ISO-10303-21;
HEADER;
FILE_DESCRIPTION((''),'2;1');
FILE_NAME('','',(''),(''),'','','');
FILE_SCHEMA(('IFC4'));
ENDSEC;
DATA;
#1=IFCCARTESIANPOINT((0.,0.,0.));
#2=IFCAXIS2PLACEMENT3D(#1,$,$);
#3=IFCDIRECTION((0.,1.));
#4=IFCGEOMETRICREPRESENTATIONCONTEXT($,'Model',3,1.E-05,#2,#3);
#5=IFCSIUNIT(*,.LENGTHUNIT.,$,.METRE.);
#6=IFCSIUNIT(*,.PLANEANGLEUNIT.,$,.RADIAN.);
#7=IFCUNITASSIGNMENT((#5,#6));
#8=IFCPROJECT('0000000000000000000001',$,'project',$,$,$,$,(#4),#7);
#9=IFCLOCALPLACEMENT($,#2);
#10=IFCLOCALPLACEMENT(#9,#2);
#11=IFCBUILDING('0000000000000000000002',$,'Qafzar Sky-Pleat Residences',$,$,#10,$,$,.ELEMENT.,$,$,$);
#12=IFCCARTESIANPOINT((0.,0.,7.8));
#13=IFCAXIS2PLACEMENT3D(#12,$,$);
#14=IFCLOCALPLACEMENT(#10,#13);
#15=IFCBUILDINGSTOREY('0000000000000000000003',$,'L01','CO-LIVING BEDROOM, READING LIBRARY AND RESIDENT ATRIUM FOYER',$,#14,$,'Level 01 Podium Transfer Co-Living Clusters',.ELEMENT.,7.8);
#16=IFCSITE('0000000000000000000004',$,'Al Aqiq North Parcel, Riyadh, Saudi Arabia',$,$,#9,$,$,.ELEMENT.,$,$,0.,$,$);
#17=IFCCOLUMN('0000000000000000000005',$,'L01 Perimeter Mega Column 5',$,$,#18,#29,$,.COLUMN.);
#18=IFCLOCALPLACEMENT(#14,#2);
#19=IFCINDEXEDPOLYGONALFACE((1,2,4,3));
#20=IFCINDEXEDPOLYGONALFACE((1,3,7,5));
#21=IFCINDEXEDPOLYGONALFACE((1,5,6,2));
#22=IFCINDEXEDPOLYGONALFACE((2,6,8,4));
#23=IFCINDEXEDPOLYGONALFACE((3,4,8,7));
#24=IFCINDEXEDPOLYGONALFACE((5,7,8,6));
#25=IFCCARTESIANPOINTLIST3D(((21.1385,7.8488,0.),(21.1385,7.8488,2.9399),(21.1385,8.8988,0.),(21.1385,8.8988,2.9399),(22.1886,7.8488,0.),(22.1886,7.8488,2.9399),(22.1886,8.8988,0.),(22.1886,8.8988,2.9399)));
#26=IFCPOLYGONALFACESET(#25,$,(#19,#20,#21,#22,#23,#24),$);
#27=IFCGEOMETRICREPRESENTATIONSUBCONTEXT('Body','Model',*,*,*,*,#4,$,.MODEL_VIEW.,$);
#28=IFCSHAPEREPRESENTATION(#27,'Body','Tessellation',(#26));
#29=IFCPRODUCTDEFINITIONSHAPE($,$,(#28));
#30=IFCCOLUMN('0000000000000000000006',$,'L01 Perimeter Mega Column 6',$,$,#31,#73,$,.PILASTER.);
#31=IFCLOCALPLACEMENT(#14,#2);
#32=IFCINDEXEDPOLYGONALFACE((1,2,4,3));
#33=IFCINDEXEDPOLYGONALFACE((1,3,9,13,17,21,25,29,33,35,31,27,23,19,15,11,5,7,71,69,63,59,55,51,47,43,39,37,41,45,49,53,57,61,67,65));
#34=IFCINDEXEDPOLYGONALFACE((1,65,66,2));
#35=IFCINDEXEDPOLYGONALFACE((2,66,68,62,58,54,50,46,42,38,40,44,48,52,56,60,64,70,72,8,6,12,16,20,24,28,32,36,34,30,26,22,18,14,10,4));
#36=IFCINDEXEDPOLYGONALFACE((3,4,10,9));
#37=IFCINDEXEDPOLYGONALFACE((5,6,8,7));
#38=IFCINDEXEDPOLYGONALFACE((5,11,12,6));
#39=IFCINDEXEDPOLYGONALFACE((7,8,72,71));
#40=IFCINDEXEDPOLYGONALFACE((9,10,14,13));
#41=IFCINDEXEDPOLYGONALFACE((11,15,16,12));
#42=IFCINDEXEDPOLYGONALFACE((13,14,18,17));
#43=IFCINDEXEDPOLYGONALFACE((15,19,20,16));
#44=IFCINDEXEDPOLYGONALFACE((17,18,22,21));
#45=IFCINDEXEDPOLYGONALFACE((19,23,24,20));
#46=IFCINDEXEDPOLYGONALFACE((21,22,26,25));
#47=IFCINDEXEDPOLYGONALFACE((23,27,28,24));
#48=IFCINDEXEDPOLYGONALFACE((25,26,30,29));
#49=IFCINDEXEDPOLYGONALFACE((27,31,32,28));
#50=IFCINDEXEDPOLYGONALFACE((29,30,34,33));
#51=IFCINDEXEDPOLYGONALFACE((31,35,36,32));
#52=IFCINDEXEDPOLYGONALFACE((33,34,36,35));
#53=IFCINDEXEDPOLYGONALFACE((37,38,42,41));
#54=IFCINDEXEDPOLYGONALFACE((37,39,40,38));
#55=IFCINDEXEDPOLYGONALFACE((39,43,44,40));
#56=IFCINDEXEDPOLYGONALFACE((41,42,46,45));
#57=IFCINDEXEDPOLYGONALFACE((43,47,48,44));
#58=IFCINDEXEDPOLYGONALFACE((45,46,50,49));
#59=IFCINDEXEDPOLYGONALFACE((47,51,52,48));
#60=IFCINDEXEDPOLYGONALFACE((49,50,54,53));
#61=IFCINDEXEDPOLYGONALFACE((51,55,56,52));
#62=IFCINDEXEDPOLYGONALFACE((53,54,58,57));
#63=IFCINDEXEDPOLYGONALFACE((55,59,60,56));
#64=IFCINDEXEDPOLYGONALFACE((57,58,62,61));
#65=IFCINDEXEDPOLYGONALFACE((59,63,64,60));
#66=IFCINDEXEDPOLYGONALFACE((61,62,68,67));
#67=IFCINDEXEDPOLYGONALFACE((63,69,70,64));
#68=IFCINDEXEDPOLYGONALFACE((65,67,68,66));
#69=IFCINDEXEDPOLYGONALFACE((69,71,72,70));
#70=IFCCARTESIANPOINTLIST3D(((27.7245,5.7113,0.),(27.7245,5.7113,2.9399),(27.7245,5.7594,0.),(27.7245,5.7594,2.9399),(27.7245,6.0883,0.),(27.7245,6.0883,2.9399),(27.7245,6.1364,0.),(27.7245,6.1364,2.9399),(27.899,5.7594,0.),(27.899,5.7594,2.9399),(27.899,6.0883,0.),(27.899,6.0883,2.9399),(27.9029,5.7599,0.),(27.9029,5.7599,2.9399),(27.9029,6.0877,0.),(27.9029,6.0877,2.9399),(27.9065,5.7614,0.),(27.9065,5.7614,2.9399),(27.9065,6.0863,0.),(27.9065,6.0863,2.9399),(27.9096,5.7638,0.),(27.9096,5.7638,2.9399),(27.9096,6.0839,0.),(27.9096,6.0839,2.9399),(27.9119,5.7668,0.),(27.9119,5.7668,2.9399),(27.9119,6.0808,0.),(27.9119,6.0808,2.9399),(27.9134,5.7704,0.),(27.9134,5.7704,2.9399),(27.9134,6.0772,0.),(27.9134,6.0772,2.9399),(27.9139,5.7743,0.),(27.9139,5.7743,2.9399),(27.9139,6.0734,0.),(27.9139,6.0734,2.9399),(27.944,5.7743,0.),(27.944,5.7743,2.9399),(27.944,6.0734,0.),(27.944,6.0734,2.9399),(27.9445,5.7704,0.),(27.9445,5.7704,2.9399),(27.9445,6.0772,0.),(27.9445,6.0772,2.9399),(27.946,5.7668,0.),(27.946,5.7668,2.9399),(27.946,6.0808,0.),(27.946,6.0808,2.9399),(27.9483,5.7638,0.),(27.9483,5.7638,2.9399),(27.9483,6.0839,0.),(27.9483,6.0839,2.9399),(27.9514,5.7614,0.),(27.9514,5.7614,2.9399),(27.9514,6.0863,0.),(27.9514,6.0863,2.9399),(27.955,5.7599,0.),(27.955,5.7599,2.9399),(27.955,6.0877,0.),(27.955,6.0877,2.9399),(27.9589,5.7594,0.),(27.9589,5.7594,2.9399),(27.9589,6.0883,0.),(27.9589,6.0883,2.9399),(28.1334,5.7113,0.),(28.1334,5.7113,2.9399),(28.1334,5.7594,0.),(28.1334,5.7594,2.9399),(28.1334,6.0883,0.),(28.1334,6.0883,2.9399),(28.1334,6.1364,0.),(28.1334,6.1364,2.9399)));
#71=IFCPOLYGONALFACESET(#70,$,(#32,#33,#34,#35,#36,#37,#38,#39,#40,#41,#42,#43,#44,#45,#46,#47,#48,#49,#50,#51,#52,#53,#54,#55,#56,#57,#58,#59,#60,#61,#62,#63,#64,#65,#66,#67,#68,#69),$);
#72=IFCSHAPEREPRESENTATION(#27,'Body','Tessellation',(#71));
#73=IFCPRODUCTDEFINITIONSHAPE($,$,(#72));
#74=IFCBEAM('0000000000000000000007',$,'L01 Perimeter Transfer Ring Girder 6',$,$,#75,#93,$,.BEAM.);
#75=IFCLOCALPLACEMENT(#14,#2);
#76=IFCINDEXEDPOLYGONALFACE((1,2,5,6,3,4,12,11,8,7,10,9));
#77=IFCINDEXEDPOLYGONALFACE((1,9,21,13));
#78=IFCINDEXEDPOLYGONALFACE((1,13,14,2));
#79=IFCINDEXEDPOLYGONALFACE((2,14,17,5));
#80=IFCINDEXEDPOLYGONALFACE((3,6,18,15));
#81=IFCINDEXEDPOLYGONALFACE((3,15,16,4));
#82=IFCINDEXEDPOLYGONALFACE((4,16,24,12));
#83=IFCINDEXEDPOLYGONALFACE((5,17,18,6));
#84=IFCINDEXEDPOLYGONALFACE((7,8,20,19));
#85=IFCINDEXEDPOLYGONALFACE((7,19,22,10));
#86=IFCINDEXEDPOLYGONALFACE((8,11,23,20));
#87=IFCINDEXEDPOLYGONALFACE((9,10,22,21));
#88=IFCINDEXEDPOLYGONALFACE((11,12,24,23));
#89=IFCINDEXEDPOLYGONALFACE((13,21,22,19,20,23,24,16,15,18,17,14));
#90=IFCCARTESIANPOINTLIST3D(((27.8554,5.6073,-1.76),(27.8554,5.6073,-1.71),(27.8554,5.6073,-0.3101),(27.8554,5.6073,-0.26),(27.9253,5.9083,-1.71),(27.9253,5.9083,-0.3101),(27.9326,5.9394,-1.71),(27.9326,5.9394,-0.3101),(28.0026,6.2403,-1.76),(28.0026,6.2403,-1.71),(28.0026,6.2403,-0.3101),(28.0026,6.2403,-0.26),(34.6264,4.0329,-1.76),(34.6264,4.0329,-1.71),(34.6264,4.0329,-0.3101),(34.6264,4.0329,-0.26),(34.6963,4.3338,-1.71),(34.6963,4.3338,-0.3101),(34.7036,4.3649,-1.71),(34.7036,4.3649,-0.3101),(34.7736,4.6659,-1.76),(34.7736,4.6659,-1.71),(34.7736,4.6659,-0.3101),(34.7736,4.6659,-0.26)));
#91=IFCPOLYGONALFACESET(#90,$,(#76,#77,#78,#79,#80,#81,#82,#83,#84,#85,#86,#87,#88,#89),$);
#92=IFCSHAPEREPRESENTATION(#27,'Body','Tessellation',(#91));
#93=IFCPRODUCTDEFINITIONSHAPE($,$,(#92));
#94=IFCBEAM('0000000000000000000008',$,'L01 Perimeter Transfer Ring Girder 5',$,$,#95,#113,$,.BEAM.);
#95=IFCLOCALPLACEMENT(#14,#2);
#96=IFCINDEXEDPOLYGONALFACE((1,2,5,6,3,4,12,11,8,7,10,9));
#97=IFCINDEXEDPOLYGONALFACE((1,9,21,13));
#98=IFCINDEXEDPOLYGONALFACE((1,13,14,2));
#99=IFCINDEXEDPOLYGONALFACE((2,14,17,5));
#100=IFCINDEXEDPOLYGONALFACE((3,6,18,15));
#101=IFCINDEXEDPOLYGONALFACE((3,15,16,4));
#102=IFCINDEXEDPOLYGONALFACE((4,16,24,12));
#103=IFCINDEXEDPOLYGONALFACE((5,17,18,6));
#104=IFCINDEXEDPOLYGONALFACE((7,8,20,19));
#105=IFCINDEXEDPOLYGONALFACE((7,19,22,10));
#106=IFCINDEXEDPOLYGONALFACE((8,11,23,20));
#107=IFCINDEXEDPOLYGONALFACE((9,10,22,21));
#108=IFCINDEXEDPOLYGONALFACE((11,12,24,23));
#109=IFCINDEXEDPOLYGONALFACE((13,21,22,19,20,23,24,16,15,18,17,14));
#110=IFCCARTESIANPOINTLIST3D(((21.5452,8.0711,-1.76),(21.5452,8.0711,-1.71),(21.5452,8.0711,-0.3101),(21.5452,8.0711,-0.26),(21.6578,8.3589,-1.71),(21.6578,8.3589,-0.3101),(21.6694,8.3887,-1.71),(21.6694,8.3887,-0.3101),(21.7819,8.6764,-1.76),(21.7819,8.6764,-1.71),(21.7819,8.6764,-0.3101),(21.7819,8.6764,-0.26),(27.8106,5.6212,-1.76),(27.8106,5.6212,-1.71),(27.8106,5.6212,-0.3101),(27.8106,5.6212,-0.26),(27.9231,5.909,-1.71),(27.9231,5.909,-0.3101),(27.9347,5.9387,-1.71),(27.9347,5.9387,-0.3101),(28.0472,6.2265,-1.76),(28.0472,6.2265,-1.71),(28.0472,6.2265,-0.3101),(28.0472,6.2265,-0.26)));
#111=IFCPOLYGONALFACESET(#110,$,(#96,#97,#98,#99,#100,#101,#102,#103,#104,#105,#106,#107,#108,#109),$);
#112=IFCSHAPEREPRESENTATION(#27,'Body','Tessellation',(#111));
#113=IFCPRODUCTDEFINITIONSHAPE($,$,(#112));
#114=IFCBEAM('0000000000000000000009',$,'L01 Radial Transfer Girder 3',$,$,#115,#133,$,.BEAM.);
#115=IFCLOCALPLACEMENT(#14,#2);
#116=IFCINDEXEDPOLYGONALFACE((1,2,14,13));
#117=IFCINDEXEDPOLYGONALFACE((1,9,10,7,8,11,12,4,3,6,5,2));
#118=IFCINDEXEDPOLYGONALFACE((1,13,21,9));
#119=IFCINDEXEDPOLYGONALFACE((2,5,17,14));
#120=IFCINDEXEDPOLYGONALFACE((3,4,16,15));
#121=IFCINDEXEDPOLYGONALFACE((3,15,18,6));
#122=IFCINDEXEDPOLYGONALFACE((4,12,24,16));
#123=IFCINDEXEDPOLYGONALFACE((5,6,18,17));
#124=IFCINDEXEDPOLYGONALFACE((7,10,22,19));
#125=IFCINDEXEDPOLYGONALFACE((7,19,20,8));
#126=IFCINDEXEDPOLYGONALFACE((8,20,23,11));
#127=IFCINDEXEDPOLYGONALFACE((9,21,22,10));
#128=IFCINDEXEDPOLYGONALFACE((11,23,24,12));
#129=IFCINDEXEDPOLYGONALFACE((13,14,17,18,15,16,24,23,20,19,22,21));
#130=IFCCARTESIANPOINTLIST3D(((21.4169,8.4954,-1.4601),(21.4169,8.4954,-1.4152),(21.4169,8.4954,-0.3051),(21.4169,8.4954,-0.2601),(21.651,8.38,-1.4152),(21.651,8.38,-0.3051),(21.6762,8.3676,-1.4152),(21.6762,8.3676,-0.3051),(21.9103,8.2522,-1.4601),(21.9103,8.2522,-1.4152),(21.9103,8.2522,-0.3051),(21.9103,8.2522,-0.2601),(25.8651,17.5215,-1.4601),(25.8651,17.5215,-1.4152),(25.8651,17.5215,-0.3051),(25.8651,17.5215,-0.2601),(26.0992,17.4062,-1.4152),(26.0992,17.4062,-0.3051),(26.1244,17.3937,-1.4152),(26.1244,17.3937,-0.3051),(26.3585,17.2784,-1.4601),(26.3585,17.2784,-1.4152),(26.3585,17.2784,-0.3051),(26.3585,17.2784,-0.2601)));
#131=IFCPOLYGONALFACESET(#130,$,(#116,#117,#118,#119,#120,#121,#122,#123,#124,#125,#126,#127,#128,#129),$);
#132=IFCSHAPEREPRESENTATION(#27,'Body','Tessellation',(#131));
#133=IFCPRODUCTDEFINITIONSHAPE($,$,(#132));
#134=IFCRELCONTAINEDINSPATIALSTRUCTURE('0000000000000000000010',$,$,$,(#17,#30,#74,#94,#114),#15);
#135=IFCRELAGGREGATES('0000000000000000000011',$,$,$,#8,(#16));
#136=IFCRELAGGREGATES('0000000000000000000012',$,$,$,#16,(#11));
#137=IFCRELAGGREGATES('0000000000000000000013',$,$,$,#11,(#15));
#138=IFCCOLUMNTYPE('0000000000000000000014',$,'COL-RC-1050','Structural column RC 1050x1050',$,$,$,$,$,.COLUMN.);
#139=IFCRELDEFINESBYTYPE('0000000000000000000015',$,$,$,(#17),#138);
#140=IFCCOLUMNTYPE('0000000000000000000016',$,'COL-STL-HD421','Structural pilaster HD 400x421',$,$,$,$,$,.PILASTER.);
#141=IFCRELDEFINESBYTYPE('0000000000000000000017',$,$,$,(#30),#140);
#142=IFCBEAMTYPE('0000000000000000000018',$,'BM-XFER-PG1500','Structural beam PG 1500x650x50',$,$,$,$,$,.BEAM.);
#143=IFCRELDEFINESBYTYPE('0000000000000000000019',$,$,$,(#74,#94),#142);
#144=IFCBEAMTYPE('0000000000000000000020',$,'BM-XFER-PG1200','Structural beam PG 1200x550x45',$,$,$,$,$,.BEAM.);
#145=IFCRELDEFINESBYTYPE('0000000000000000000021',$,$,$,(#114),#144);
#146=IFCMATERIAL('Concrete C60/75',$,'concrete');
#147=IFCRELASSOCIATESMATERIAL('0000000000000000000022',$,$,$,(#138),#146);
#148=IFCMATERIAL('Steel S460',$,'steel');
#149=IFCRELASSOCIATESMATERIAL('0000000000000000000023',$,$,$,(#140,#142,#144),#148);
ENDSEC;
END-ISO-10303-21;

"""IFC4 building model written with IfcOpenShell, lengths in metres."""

from ifc_helpers import new_model, si_unit, direction, frame, origin, origin_2d, place, context, subcontext, project, spatial, rectangle, i_section, extrude, source, transform, mapped, material, material_profile, profile_set, type_object, element, save


model = new_model("IFC4")

# Units and contexts
model_context = context("Model", 3, precision=1e-05, world=origin(), true_north=direction((0.0, 1.0)))
body_context = subcontext(model_context, "Body", "Model", "MODEL_VIEW")
ifc_project = project(units=[si_unit("LENGTHUNIT", "METRE"), si_unit("PLANEANGLEUNIT", "RADIAN")], contexts=[model_context])

# Site, building, storey
site_placement = place(None, origin())
site = spatial("IfcSite", under=ifc_project, at=site_placement, Name="Al Aqiq North Parcel, Riyadh, Saudi Arabia", CompositionType="ELEMENT", RefElevation=0.0)
building_placement = place(site_placement, origin())
building = spatial("IfcBuilding", under=site, at=building_placement, Name="Qafzar Sky-Pleat Residences", CompositionType="ELEMENT")
storey_placement = place(building_placement, frame((0.0, 0.0, 7.8)))
storey = spatial("IfcBuildingStorey", under=building, at=storey_placement, Name="L01", Description="CO-LIVING BEDROOM, READING LIBRARY AND RESIDENT ATRIUM FOYER", LongName="Level 01 Podium Transfer Co-Living Clusters", CompositionType="ELEMENT", Elevation=7.8)

# Columns
ifc_material_1 = material(Name="Concrete C60/75", Category="concrete")
ifc_material_profile_1 = material_profile(ifc_material_1, rectangle(XDim=1.05, YDim=1.05, at=origin_2d()), Name="RC 1050x1050")
ifc_profile_set_1 = profile_set([ifc_material_profile_1], Name="Concrete C60/75")
column_type_1 = type_object("IfcColumnType", Name="COL-RC-1050", Description="Structural column RC 1050x1050", PredefinedType="COLUMN", material=ifc_profile_set_1)
shared_shape_1 = source(origin(), body_context, "Body", "SweptSolid", [
    extrude(rectangle(XDim=1.05, YDim=1.05, at=origin_2d()), origin(), (0.0, 0.0, 1.0), 2.9399),
])
column_1_placement = place(storey_placement, frame((21.6636, 8.3738, 0.0), z_axis=(0.0, 0.0, 1.0), x_axis=(1.0, 0.0, 0.0)))
element("IfcColumn", 1, at=column_1_placement, inside=storey, type_object=column_type_1, Name="L01 Perimeter Mega Column 5", PredefinedType="COLUMN", context=body_context, shape_type="MappedRepresentation", body=[
    mapped(shared_shape_1, transform((0.0, 0.0, 0.0), x_axis=(1.0, 0.0, 0.0), y_axis=(0.0, 1.0, 0.0), z_axis=(0.0, 0.0, 1.0), scale=1.0)),
])
ifc_material_2 = material(Name="Steel S460", Category="steel")
ifc_material_profile_2 = material_profile(ifc_material_2, i_section(OverallWidth=0.4089, OverallDepth=0.425, WebThickness=0.03, FlangeThickness=0.0481, FilletRadius=0.0149, at=origin_2d()), Name="HD 400x421")
ifc_profile_set_2 = profile_set([ifc_material_profile_2], Name="Steel S460")
column_type_2 = type_object("IfcColumnType", Name="COL-STL-HD421", Description="Structural pilaster HD 400x421", PredefinedType="PILASTER", material=ifc_profile_set_2)
shared_shape_2 = source(origin(), body_context, "Body", "SweptSolid", [
    extrude(i_section(OverallWidth=0.4089, OverallDepth=0.425, WebThickness=0.03, FlangeThickness=0.0481, FilletRadius=0.0149, at=origin_2d()), origin(), (0.0, 0.0, 1.0), 2.9399),
])
column_2_placement = place(storey_placement, frame((27.929, 5.9238, 0.0), z_axis=(0.0, 0.0, 1.0), x_axis=(1.0, 0.0, 0.0)))
element("IfcColumn", 2, at=column_2_placement, inside=storey, type_object=column_type_2, Name="L01 Perimeter Mega Column 6", PredefinedType="PILASTER", context=body_context, shape_type="MappedRepresentation", body=[
    mapped(shared_shape_2, transform((0.0, 0.0, 0.0), x_axis=(1.0, 0.0, 0.0), y_axis=(0.0, 1.0, 0.0), z_axis=(0.0, 0.0, 1.0), scale=1.0)),
])

# Beams
ifc_material_profile_3 = material_profile(ifc_material_2, i_section(OverallWidth=0.6499, OverallDepth=1.5, WebThickness=0.032, FlangeThickness=0.05, at=origin_2d()), Name="PG 1500x650x50")
ifc_profile_set_3 = profile_set([ifc_material_profile_3], Name="Steel S460")
beam_type_1 = type_object("IfcBeamType", Name="BM-XFER-PG1500", Description="Structural beam PG 1500x650x50", PredefinedType="BEAM", material=ifc_profile_set_3)
shared_shape_3 = source(origin(), body_context, "Body", "SweptSolid", [
    extrude(i_section(OverallWidth=0.6499, OverallDepth=1.5, WebThickness=0.032, FlangeThickness=0.05, at=origin_2d()), origin(), (0.0, 0.0, 1.0), 6.9517),
])
beam_1_placement = place(storey_placement, frame((27.929, 5.9238, -1.01), z_axis=(0.974014, -0.226488, 0.0), x_axis=(0.226488, 0.974014, 0.0)))
element("IfcBeam", 3, at=beam_1_placement, inside=storey, type_object=beam_type_1, Name="L01 Perimeter Transfer Ring Girder 6", PredefinedType="BEAM", context=body_context, shape_type="MappedRepresentation", body=[
    mapped(shared_shape_3, transform((0.0, 0.0, 0.0), x_axis=(1.0, 0.0, 0.0), y_axis=(0.0, 1.0, 0.0), z_axis=(0.0, 0.0, 1.0), scale=1.0)),
])
shared_shape_4 = source(origin(), body_context, "Body", "SweptSolid", [
    extrude(i_section(OverallWidth=0.6499, OverallDepth=1.5, WebThickness=0.032, FlangeThickness=0.05, at=origin_2d()), origin(), (0.0, 0.0, 1.0), 6.7273),
])
beam_2_placement = place(storey_placement, frame((21.6636, 8.3738, -1.01), z_axis=(0.931329, -0.364178, 0.0), x_axis=(0.364178, 0.931329, 0.0)))
element("IfcBeam", 4, at=beam_2_placement, inside=storey, type_object=beam_type_1, Name="L01 Perimeter Transfer Ring Girder 5", PredefinedType="BEAM", context=body_context, shape_type="MappedRepresentation", body=[
    mapped(shared_shape_4, transform((0.0, 0.0, 0.0), x_axis=(1.0, 0.0, 0.0), y_axis=(0.0, 1.0, 0.0), z_axis=(0.0, 0.0, 1.0), scale=1.0)),
])
ifc_material_profile_4 = material_profile(ifc_material_2, i_section(OverallWidth=0.55, OverallDepth=1.2, WebThickness=0.0281, FlangeThickness=0.0449, at=origin_2d()), Name="PG 1200x550x45")
ifc_profile_set_4 = profile_set([ifc_material_profile_4], Name="Steel S460")
beam_type_2 = type_object("IfcBeamType", Name="BM-XFER-PG1200", Description="Structural beam PG 1200x550x45", PredefinedType="BEAM", material=ifc_profile_set_4)
shared_shape_5 = source(origin(), body_context, "Body", "SweptSolid", [
    extrude(i_section(OverallWidth=0.55, OverallDepth=1.2, WebThickness=0.0281, FlangeThickness=0.0449, at=origin_2d()), origin(), (0.0, 0.0, 1.0), 10.0627),
])
beam_3_placement = place(storey_placement, frame((21.6636, 8.3738, -0.8601), z_axis=(0.442053, 0.896989, 0.0), x_axis=(-0.896989, 0.442053, 0.0)))
element("IfcBeam", 5, at=beam_3_placement, inside=storey, type_object=beam_type_2, Name="L01 Radial Transfer Girder 3", PredefinedType="BEAM", context=body_context, shape_type="MappedRepresentation", body=[
    mapped(shared_shape_5, transform((0.0, 0.0, 0.0), x_axis=(1.0, 0.0, 0.0), y_axis=(0.0, 1.0, 0.0), z_axis=(0.0, 0.0, 1.0), scale=1.0)),
])

save(model, "model.ifc")
